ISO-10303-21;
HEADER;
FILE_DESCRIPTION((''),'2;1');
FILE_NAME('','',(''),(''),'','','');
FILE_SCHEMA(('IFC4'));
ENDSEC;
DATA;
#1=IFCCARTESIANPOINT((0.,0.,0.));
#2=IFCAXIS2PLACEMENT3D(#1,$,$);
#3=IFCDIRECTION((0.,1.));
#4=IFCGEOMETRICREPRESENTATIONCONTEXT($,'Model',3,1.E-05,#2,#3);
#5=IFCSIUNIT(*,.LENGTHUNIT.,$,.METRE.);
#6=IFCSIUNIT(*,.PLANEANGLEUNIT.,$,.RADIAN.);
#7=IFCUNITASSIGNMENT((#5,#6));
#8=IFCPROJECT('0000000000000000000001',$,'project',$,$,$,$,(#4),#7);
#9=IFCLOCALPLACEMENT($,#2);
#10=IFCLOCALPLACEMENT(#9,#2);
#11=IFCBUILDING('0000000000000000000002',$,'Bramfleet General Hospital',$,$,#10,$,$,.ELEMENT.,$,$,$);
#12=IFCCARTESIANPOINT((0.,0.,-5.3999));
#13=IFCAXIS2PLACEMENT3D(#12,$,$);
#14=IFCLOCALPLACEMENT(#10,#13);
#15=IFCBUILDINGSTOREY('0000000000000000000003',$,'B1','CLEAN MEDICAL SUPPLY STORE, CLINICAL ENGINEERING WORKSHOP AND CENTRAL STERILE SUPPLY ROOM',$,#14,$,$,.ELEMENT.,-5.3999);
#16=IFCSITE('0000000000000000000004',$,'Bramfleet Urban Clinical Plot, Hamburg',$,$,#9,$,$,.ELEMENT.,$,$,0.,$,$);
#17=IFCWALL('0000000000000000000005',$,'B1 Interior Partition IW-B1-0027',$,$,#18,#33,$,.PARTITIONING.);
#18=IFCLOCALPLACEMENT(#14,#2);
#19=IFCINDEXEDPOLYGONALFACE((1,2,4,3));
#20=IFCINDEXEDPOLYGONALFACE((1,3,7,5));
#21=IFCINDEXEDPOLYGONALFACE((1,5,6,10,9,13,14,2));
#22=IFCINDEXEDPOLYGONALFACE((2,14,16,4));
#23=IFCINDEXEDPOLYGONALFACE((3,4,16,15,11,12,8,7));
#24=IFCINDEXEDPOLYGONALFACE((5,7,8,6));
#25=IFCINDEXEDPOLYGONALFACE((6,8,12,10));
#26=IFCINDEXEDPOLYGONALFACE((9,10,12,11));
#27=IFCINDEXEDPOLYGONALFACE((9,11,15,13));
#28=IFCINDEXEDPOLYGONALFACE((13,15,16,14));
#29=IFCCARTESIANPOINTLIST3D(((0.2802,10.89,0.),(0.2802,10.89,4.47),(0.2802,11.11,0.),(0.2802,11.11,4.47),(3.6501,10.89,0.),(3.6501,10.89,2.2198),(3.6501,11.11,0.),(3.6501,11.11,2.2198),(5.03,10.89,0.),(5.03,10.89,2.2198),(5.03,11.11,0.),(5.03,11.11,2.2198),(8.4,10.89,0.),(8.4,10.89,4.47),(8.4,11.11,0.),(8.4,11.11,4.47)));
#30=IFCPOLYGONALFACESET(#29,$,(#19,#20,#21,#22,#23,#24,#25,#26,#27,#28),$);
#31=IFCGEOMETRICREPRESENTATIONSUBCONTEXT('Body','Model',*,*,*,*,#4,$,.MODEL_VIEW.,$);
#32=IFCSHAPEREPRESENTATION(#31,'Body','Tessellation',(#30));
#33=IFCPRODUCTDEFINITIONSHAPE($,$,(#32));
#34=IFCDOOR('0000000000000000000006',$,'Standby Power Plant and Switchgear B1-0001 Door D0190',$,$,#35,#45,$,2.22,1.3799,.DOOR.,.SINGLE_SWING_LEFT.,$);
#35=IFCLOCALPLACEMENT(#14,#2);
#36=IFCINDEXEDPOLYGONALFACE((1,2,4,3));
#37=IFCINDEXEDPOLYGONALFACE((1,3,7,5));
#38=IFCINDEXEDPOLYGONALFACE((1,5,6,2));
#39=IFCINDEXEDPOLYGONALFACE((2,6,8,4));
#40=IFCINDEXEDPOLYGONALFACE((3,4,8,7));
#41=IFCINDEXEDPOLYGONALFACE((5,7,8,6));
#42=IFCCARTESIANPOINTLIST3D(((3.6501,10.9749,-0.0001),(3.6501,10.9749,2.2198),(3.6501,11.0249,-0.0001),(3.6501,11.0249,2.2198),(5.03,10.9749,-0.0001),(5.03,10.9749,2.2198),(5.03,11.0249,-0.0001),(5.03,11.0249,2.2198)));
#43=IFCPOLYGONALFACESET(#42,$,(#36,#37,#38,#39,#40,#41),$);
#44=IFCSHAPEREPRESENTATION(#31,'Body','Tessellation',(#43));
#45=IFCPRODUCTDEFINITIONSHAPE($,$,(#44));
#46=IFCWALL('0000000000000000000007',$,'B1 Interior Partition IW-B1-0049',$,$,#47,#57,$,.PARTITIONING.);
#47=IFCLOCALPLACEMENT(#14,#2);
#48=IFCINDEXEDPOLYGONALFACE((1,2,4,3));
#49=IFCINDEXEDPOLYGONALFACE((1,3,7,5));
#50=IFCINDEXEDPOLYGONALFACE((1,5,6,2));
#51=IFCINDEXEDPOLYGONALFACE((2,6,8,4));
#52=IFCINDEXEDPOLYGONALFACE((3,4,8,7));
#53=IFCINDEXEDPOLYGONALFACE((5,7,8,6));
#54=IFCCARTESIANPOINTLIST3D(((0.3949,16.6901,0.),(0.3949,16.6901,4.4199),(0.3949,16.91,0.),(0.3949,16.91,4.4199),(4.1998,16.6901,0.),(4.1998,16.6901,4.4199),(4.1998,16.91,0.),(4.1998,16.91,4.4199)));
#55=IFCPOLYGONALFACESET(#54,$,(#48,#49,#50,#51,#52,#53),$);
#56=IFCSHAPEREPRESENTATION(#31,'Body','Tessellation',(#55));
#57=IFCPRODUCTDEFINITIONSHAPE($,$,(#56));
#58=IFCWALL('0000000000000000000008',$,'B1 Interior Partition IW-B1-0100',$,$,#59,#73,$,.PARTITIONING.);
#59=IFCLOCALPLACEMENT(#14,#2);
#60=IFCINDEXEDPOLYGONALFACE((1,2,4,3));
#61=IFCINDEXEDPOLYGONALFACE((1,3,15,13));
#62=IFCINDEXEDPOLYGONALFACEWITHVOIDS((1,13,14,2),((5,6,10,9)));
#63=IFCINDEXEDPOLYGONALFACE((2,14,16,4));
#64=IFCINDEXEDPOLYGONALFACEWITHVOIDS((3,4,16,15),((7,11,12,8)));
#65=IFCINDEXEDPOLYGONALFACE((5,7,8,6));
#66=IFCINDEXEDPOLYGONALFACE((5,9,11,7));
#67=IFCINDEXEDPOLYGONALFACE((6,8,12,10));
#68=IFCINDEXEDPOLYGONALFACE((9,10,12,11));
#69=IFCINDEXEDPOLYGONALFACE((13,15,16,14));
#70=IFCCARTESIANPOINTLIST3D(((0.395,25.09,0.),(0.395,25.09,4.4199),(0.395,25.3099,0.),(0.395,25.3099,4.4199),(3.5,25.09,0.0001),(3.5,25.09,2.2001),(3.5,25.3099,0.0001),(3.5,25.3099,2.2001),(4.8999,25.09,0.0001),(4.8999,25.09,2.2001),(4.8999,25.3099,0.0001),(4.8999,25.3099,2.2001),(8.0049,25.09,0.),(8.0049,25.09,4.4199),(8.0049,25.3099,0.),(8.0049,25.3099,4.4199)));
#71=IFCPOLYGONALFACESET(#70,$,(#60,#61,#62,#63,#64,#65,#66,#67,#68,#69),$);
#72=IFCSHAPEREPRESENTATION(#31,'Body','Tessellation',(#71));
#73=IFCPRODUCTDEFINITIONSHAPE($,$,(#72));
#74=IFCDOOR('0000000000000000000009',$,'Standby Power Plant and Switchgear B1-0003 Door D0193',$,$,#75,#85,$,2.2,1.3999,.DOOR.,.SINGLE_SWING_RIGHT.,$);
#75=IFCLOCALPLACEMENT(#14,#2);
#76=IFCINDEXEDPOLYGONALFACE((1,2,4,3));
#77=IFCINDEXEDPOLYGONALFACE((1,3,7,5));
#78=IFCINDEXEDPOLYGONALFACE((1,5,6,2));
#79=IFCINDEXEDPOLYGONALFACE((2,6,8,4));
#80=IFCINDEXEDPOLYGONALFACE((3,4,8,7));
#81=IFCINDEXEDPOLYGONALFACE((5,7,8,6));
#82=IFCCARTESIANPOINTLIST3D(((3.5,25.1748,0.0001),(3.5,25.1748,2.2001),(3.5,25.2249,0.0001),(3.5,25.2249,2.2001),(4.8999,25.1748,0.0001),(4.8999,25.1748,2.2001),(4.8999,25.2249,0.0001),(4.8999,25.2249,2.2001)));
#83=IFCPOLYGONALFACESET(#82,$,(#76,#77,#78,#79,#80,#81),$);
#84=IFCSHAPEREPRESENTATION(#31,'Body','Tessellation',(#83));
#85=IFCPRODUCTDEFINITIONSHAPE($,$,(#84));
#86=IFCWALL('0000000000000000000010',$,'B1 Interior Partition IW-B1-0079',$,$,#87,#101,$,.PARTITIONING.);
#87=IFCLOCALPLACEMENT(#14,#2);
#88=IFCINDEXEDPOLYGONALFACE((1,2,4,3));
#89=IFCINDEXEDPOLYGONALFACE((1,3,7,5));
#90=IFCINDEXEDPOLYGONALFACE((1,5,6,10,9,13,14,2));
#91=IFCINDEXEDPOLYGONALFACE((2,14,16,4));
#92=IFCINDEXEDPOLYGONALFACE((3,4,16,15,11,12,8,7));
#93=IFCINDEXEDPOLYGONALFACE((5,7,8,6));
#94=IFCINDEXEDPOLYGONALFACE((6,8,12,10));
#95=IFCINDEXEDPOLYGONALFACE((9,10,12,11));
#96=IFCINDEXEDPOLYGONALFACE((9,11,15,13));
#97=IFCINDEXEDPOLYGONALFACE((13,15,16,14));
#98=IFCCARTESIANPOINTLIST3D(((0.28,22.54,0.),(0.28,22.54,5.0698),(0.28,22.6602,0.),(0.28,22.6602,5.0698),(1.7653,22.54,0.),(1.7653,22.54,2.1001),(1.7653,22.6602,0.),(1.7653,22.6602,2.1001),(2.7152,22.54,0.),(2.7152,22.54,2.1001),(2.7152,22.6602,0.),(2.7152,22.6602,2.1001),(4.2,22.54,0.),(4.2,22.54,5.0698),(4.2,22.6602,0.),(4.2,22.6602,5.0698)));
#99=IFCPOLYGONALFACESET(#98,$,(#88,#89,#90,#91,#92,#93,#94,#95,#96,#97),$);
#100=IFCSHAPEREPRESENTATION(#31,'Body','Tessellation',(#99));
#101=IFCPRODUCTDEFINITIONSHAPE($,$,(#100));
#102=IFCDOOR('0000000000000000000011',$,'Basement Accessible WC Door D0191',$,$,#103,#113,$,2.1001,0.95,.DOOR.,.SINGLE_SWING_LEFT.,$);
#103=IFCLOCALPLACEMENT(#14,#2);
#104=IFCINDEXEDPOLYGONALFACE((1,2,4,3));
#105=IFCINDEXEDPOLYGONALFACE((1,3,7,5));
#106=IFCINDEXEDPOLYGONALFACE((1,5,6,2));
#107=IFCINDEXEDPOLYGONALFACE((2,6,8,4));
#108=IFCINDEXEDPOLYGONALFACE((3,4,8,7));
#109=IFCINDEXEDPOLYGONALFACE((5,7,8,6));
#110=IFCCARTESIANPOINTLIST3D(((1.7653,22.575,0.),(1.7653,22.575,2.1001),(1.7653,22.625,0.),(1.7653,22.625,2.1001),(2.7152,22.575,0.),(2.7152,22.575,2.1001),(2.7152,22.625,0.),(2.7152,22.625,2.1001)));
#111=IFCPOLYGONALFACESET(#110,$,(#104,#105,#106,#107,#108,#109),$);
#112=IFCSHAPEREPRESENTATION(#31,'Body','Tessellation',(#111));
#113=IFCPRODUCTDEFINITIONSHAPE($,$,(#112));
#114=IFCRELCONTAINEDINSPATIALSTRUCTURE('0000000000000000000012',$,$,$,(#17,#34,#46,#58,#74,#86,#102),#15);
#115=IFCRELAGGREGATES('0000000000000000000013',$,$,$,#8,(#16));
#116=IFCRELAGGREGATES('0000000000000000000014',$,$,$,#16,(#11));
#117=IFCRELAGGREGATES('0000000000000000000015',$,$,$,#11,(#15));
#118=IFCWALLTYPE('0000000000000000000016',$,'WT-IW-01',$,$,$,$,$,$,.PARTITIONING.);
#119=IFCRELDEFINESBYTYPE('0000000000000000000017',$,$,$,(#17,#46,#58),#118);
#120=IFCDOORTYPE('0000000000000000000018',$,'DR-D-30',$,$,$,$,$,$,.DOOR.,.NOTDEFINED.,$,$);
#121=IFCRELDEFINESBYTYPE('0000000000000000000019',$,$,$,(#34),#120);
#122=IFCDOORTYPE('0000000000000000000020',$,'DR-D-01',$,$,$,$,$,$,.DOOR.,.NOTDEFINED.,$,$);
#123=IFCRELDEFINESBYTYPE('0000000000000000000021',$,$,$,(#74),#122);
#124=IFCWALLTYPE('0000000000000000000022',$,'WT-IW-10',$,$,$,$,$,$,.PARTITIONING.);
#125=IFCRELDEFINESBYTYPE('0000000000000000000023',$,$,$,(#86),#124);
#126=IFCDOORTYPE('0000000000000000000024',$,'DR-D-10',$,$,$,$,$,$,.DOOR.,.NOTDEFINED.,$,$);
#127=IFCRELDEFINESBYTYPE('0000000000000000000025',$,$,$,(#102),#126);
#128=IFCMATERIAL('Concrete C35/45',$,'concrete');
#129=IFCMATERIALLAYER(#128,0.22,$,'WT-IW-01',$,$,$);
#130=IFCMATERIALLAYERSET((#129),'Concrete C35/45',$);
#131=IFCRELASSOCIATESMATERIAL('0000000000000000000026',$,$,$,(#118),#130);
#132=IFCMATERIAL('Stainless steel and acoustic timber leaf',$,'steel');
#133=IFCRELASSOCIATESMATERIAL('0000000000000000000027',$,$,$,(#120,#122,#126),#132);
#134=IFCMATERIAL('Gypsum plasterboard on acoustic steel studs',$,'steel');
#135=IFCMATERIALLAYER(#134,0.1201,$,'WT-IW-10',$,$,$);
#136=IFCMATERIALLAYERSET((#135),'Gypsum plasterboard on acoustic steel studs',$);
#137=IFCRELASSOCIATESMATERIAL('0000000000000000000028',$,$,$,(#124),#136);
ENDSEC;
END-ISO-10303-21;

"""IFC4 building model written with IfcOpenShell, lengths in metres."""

from ifc_helpers import new_model, si_unit, direction, frame, frame_2d, origin, place, context, subcontext, project, spatial, rectangle, extrude, material, layer, layer_set, type_object, element, fill, save


model = new_model("IFC4")

# Units and contexts
model_context = context("Model", 3, precision=1e-05, world=origin(), true_north=direction((0.0, 1.0)))
body_context = subcontext(model_context, "Body", "Model", "MODEL_VIEW")
ifc_project = project(units=[si_unit("LENGTHUNIT", "METRE"), si_unit("PLANEANGLEUNIT", "RADIAN")], contexts=[model_context])

# Site, building, storey
site_placement = place(None, origin())
site = spatial("IfcSite", under=ifc_project, at=site_placement, Name="Bramfleet Urban Clinical Plot, Hamburg", CompositionType="ELEMENT", RefElevation=0.0)
building_placement = place(site_placement, origin())
building = spatial("IfcBuilding", under=site, at=building_placement, Name="Bramfleet General Hospital", CompositionType="ELEMENT")
storey_placement = place(building_placement, frame((0.0, 0.0, -5.3999)))
storey = spatial("IfcBuildingStorey", under=building, at=storey_placement, Name="B1", Description="CLEAN MEDICAL SUPPLY STORE, CLINICAL ENGINEERING WORKSHOP AND CENTRAL STERILE SUPPLY ROOM", CompositionType="ELEMENT", Elevation=-5.3999)

# Shared definitions
ifc_material_1 = material(Name="Concrete C35/45", Category="concrete")

# Wall, opening, door
ifc_layer_1 = layer(ifc_material_1, 0.22, Name="WT-IW-01")
ifc_layer_set_1 = layer_set([ifc_layer_1], Name="Concrete C35/45")
wall_type_1 = type_object("IfcWallType", Name="WT-IW-01", PredefinedType="PARTITIONING", material=ifc_layer_set_1)
wall_1_placement = place(storey_placement, frame((0.28, 11.0, 0.0), z_axis=(0.0, 0.0, 1.0), x_axis=(1.0, 0.0, 0.0)))
wall_1 = element("IfcWall", 1, at=wall_1_placement, inside=storey, type_object=wall_type_1, Name="B1 Interior Partition IW-B1-0027", PredefinedType="PARTITIONING", context=body_context, shape_type="SweptSolid", body=[
    extrude(rectangle(XDim=8.1199, YDim=0.22, at=frame_2d((4.0601, 0.0))), origin(), (0.0, 0.0, 1.0), 4.47),
])
opening_1_placement = place(wall_1_placement, frame((3.3701, 0.0, 0.0)))
opening_1 = element("IfcOpeningElement", 2, at=opening_1_placement, cuts=wall_1, PredefinedType="OPENING", context=body_context, shape_type="SweptSolid", body=[
    extrude(rectangle(XDim=1.3799, YDim=2.22, at=frame_2d((0.6899, 1.1099))), frame((0.0, 0.1199, 0.0), z_axis=(0.0, -1.0, 0.0), x_axis=(1.0, 0.0, 0.0)), (0.0, 0.0, 1.0), 0.24),
])
ifc_material_2 = material(Name="Stainless steel and acoustic timber leaf", Category="steel")
door_type_1 = type_object("IfcDoorType", Name="DR-D-30", OperationType="NOTDEFINED", PredefinedType="DOOR", material=ifc_material_2)
door_1_placement = place(opening_1_placement, origin())
door_1 = element("IfcDoor", 3, at=door_1_placement, inside=storey, type_object=door_type_1, Name="Standby Power Plant and Switchgear B1-0001 Door D0190", OperationType="SINGLE_SWING_LEFT", OverallHeight=2.22, OverallWidth=1.3799, PredefinedType="DOOR", context=body_context, shape_type="SweptSolid", body=[
    extrude(rectangle(XDim=1.3799, YDim=2.22, at=frame_2d((0.6899, 1.1099))), frame((0.0, 0.0249, 0.0), z_axis=(0.0, -1.0, 0.0), x_axis=(1.0, 0.0, 0.0)), (0.0, 0.0, 1.0), 0.05),
])
fill(opening_1, door_1)

# Wall
wall_2_placement = place(storey_placement, frame((0.395, 16.8, 0.0), z_axis=(0.0, 0.0, 1.0), x_axis=(1.0, 0.0, 0.0)))
element("IfcWall", 4, at=wall_2_placement, inside=storey, type_object=wall_type_1, Name="B1 Interior Partition IW-B1-0049", PredefinedType="PARTITIONING", context=body_context, shape_type="SweptSolid", body=[
    extrude(rectangle(XDim=3.8049, YDim=0.22, at=frame_2d((1.9023, 0.0))), origin(), (0.0, 0.0, 1.0), 4.4199),
])

# Walls, openings, doors
wall_3_placement = place(storey_placement, frame((0.395, 25.2, 0.0), z_axis=(0.0, 0.0, 1.0), x_axis=(1.0, 0.0, 0.0)))
wall_3 = element("IfcWall", 5, at=wall_3_placement, inside=storey, type_object=wall_type_1, Name="B1 Interior Partition IW-B1-0100", PredefinedType="PARTITIONING", context=body_context, shape_type="SweptSolid", body=[
    extrude(rectangle(XDim=7.6099, YDim=0.22, at=frame_2d((3.8049, 0.0))), origin(), (0.0, 0.0, 1.0), 4.4199),
])
opening_2_placement = place(wall_3_placement, frame((3.105, 0.0, 0.0)))
opening_2 = element("IfcOpeningElement", 6, at=opening_2_placement, cuts=wall_3, PredefinedType="OPENING", context=body_context, shape_type="SweptSolid", body=[
    extrude(rectangle(XDim=1.3999, YDim=2.2, at=frame_2d((0.7, 1.1001))), frame((0.0, 0.1199, 0.0), z_axis=(0.0, -1.0, 0.0), x_axis=(1.0, 0.0, 0.0)), (0.0, 0.0, 1.0), 0.24),
])
door_type_2 = type_object("IfcDoorType", Name="DR-D-01", OperationType="NOTDEFINED", PredefinedType="DOOR", material=ifc_material_2)
door_2_placement = place(opening_2_placement, origin())
door_2 = element("IfcDoor", 7, at=door_2_placement, inside=storey, type_object=door_type_2, Name="Standby Power Plant and Switchgear B1-0003 Door D0193", OperationType="SINGLE_SWING_RIGHT", OverallHeight=2.2, OverallWidth=1.3999, PredefinedType="DOOR", context=body_context, shape_type="SweptSolid", body=[
    extrude(rectangle(XDim=1.3999, YDim=2.2, at=frame_2d((0.7, 1.1001))), frame((0.0, 0.0249, 0.0), z_axis=(0.0, -1.0, 0.0), x_axis=(1.0, 0.0, 0.0)), (0.0, 0.0, 1.0), 0.05),
])
fill(opening_2, door_2)
ifc_material_3 = material(Name="Gypsum plasterboard on acoustic steel studs", Category="steel")
ifc_layer_2 = layer(ifc_material_3, 0.1201, Name="WT-IW-10")
ifc_layer_set_2 = layer_set([ifc_layer_2], Name="Gypsum plasterboard on acoustic steel studs")
wall_type_2 = type_object("IfcWallType", Name="WT-IW-10", PredefinedType="PARTITIONING", material=ifc_layer_set_2)
wall_4_placement = place(storey_placement, frame((0.28, 22.6001, 0.0), z_axis=(0.0, 0.0, 1.0), x_axis=(1.0, 0.0, 0.0)))
wall_4 = element("IfcWall", 8, at=wall_4_placement, inside=storey, type_object=wall_type_2, Name="B1 Interior Partition IW-B1-0079", PredefinedType="PARTITIONING", context=body_context, shape_type="SweptSolid", body=[
    extrude(rectangle(XDim=3.9199, YDim=0.1201, at=frame_2d((1.96, 0.0))), origin(), (0.0, 0.0, 1.0), 5.0698),
])
opening_3_placement = place(wall_4_placement, frame((1.4851, 0.0, 0.0)))
opening_3 = element("IfcOpeningElement", 9, at=opening_3_placement, cuts=wall_4, PredefinedType="OPENING", context=body_context, shape_type="SweptSolid", body=[
    extrude(rectangle(XDim=0.95, YDim=2.1001, at=frame_2d((0.4751, 1.05))), frame((0.0, 0.0701, 0.0), z_axis=(0.0, -1.0, 0.0), x_axis=(1.0, 0.0, 0.0)), (0.0, 0.0, 1.0), 0.1401),
])
door_type_3 = type_object("IfcDoorType", Name="DR-D-10", OperationType="NOTDEFINED", PredefinedType="DOOR", material=ifc_material_2)
door_3_placement = place(opening_3_placement, origin())
door_3 = element("IfcDoor", 10, at=door_3_placement, inside=storey, type_object=door_type_3, Name="Basement Accessible WC Door D0191", OperationType="SINGLE_SWING_LEFT", OverallHeight=2.1001, OverallWidth=0.95, PredefinedType="DOOR", context=body_context, shape_type="SweptSolid", body=[
    extrude(rectangle(XDim=0.95, YDim=2.1001, at=frame_2d((0.4751, 1.05))), frame((0.0, 0.0249, 0.0), z_axis=(0.0, -1.0, 0.0), x_axis=(1.0, 0.0, 0.0)), (0.0, 0.0, 1.0), 0.05),
])
fill(opening_3, door_3)

save(model, "model.ifc")
